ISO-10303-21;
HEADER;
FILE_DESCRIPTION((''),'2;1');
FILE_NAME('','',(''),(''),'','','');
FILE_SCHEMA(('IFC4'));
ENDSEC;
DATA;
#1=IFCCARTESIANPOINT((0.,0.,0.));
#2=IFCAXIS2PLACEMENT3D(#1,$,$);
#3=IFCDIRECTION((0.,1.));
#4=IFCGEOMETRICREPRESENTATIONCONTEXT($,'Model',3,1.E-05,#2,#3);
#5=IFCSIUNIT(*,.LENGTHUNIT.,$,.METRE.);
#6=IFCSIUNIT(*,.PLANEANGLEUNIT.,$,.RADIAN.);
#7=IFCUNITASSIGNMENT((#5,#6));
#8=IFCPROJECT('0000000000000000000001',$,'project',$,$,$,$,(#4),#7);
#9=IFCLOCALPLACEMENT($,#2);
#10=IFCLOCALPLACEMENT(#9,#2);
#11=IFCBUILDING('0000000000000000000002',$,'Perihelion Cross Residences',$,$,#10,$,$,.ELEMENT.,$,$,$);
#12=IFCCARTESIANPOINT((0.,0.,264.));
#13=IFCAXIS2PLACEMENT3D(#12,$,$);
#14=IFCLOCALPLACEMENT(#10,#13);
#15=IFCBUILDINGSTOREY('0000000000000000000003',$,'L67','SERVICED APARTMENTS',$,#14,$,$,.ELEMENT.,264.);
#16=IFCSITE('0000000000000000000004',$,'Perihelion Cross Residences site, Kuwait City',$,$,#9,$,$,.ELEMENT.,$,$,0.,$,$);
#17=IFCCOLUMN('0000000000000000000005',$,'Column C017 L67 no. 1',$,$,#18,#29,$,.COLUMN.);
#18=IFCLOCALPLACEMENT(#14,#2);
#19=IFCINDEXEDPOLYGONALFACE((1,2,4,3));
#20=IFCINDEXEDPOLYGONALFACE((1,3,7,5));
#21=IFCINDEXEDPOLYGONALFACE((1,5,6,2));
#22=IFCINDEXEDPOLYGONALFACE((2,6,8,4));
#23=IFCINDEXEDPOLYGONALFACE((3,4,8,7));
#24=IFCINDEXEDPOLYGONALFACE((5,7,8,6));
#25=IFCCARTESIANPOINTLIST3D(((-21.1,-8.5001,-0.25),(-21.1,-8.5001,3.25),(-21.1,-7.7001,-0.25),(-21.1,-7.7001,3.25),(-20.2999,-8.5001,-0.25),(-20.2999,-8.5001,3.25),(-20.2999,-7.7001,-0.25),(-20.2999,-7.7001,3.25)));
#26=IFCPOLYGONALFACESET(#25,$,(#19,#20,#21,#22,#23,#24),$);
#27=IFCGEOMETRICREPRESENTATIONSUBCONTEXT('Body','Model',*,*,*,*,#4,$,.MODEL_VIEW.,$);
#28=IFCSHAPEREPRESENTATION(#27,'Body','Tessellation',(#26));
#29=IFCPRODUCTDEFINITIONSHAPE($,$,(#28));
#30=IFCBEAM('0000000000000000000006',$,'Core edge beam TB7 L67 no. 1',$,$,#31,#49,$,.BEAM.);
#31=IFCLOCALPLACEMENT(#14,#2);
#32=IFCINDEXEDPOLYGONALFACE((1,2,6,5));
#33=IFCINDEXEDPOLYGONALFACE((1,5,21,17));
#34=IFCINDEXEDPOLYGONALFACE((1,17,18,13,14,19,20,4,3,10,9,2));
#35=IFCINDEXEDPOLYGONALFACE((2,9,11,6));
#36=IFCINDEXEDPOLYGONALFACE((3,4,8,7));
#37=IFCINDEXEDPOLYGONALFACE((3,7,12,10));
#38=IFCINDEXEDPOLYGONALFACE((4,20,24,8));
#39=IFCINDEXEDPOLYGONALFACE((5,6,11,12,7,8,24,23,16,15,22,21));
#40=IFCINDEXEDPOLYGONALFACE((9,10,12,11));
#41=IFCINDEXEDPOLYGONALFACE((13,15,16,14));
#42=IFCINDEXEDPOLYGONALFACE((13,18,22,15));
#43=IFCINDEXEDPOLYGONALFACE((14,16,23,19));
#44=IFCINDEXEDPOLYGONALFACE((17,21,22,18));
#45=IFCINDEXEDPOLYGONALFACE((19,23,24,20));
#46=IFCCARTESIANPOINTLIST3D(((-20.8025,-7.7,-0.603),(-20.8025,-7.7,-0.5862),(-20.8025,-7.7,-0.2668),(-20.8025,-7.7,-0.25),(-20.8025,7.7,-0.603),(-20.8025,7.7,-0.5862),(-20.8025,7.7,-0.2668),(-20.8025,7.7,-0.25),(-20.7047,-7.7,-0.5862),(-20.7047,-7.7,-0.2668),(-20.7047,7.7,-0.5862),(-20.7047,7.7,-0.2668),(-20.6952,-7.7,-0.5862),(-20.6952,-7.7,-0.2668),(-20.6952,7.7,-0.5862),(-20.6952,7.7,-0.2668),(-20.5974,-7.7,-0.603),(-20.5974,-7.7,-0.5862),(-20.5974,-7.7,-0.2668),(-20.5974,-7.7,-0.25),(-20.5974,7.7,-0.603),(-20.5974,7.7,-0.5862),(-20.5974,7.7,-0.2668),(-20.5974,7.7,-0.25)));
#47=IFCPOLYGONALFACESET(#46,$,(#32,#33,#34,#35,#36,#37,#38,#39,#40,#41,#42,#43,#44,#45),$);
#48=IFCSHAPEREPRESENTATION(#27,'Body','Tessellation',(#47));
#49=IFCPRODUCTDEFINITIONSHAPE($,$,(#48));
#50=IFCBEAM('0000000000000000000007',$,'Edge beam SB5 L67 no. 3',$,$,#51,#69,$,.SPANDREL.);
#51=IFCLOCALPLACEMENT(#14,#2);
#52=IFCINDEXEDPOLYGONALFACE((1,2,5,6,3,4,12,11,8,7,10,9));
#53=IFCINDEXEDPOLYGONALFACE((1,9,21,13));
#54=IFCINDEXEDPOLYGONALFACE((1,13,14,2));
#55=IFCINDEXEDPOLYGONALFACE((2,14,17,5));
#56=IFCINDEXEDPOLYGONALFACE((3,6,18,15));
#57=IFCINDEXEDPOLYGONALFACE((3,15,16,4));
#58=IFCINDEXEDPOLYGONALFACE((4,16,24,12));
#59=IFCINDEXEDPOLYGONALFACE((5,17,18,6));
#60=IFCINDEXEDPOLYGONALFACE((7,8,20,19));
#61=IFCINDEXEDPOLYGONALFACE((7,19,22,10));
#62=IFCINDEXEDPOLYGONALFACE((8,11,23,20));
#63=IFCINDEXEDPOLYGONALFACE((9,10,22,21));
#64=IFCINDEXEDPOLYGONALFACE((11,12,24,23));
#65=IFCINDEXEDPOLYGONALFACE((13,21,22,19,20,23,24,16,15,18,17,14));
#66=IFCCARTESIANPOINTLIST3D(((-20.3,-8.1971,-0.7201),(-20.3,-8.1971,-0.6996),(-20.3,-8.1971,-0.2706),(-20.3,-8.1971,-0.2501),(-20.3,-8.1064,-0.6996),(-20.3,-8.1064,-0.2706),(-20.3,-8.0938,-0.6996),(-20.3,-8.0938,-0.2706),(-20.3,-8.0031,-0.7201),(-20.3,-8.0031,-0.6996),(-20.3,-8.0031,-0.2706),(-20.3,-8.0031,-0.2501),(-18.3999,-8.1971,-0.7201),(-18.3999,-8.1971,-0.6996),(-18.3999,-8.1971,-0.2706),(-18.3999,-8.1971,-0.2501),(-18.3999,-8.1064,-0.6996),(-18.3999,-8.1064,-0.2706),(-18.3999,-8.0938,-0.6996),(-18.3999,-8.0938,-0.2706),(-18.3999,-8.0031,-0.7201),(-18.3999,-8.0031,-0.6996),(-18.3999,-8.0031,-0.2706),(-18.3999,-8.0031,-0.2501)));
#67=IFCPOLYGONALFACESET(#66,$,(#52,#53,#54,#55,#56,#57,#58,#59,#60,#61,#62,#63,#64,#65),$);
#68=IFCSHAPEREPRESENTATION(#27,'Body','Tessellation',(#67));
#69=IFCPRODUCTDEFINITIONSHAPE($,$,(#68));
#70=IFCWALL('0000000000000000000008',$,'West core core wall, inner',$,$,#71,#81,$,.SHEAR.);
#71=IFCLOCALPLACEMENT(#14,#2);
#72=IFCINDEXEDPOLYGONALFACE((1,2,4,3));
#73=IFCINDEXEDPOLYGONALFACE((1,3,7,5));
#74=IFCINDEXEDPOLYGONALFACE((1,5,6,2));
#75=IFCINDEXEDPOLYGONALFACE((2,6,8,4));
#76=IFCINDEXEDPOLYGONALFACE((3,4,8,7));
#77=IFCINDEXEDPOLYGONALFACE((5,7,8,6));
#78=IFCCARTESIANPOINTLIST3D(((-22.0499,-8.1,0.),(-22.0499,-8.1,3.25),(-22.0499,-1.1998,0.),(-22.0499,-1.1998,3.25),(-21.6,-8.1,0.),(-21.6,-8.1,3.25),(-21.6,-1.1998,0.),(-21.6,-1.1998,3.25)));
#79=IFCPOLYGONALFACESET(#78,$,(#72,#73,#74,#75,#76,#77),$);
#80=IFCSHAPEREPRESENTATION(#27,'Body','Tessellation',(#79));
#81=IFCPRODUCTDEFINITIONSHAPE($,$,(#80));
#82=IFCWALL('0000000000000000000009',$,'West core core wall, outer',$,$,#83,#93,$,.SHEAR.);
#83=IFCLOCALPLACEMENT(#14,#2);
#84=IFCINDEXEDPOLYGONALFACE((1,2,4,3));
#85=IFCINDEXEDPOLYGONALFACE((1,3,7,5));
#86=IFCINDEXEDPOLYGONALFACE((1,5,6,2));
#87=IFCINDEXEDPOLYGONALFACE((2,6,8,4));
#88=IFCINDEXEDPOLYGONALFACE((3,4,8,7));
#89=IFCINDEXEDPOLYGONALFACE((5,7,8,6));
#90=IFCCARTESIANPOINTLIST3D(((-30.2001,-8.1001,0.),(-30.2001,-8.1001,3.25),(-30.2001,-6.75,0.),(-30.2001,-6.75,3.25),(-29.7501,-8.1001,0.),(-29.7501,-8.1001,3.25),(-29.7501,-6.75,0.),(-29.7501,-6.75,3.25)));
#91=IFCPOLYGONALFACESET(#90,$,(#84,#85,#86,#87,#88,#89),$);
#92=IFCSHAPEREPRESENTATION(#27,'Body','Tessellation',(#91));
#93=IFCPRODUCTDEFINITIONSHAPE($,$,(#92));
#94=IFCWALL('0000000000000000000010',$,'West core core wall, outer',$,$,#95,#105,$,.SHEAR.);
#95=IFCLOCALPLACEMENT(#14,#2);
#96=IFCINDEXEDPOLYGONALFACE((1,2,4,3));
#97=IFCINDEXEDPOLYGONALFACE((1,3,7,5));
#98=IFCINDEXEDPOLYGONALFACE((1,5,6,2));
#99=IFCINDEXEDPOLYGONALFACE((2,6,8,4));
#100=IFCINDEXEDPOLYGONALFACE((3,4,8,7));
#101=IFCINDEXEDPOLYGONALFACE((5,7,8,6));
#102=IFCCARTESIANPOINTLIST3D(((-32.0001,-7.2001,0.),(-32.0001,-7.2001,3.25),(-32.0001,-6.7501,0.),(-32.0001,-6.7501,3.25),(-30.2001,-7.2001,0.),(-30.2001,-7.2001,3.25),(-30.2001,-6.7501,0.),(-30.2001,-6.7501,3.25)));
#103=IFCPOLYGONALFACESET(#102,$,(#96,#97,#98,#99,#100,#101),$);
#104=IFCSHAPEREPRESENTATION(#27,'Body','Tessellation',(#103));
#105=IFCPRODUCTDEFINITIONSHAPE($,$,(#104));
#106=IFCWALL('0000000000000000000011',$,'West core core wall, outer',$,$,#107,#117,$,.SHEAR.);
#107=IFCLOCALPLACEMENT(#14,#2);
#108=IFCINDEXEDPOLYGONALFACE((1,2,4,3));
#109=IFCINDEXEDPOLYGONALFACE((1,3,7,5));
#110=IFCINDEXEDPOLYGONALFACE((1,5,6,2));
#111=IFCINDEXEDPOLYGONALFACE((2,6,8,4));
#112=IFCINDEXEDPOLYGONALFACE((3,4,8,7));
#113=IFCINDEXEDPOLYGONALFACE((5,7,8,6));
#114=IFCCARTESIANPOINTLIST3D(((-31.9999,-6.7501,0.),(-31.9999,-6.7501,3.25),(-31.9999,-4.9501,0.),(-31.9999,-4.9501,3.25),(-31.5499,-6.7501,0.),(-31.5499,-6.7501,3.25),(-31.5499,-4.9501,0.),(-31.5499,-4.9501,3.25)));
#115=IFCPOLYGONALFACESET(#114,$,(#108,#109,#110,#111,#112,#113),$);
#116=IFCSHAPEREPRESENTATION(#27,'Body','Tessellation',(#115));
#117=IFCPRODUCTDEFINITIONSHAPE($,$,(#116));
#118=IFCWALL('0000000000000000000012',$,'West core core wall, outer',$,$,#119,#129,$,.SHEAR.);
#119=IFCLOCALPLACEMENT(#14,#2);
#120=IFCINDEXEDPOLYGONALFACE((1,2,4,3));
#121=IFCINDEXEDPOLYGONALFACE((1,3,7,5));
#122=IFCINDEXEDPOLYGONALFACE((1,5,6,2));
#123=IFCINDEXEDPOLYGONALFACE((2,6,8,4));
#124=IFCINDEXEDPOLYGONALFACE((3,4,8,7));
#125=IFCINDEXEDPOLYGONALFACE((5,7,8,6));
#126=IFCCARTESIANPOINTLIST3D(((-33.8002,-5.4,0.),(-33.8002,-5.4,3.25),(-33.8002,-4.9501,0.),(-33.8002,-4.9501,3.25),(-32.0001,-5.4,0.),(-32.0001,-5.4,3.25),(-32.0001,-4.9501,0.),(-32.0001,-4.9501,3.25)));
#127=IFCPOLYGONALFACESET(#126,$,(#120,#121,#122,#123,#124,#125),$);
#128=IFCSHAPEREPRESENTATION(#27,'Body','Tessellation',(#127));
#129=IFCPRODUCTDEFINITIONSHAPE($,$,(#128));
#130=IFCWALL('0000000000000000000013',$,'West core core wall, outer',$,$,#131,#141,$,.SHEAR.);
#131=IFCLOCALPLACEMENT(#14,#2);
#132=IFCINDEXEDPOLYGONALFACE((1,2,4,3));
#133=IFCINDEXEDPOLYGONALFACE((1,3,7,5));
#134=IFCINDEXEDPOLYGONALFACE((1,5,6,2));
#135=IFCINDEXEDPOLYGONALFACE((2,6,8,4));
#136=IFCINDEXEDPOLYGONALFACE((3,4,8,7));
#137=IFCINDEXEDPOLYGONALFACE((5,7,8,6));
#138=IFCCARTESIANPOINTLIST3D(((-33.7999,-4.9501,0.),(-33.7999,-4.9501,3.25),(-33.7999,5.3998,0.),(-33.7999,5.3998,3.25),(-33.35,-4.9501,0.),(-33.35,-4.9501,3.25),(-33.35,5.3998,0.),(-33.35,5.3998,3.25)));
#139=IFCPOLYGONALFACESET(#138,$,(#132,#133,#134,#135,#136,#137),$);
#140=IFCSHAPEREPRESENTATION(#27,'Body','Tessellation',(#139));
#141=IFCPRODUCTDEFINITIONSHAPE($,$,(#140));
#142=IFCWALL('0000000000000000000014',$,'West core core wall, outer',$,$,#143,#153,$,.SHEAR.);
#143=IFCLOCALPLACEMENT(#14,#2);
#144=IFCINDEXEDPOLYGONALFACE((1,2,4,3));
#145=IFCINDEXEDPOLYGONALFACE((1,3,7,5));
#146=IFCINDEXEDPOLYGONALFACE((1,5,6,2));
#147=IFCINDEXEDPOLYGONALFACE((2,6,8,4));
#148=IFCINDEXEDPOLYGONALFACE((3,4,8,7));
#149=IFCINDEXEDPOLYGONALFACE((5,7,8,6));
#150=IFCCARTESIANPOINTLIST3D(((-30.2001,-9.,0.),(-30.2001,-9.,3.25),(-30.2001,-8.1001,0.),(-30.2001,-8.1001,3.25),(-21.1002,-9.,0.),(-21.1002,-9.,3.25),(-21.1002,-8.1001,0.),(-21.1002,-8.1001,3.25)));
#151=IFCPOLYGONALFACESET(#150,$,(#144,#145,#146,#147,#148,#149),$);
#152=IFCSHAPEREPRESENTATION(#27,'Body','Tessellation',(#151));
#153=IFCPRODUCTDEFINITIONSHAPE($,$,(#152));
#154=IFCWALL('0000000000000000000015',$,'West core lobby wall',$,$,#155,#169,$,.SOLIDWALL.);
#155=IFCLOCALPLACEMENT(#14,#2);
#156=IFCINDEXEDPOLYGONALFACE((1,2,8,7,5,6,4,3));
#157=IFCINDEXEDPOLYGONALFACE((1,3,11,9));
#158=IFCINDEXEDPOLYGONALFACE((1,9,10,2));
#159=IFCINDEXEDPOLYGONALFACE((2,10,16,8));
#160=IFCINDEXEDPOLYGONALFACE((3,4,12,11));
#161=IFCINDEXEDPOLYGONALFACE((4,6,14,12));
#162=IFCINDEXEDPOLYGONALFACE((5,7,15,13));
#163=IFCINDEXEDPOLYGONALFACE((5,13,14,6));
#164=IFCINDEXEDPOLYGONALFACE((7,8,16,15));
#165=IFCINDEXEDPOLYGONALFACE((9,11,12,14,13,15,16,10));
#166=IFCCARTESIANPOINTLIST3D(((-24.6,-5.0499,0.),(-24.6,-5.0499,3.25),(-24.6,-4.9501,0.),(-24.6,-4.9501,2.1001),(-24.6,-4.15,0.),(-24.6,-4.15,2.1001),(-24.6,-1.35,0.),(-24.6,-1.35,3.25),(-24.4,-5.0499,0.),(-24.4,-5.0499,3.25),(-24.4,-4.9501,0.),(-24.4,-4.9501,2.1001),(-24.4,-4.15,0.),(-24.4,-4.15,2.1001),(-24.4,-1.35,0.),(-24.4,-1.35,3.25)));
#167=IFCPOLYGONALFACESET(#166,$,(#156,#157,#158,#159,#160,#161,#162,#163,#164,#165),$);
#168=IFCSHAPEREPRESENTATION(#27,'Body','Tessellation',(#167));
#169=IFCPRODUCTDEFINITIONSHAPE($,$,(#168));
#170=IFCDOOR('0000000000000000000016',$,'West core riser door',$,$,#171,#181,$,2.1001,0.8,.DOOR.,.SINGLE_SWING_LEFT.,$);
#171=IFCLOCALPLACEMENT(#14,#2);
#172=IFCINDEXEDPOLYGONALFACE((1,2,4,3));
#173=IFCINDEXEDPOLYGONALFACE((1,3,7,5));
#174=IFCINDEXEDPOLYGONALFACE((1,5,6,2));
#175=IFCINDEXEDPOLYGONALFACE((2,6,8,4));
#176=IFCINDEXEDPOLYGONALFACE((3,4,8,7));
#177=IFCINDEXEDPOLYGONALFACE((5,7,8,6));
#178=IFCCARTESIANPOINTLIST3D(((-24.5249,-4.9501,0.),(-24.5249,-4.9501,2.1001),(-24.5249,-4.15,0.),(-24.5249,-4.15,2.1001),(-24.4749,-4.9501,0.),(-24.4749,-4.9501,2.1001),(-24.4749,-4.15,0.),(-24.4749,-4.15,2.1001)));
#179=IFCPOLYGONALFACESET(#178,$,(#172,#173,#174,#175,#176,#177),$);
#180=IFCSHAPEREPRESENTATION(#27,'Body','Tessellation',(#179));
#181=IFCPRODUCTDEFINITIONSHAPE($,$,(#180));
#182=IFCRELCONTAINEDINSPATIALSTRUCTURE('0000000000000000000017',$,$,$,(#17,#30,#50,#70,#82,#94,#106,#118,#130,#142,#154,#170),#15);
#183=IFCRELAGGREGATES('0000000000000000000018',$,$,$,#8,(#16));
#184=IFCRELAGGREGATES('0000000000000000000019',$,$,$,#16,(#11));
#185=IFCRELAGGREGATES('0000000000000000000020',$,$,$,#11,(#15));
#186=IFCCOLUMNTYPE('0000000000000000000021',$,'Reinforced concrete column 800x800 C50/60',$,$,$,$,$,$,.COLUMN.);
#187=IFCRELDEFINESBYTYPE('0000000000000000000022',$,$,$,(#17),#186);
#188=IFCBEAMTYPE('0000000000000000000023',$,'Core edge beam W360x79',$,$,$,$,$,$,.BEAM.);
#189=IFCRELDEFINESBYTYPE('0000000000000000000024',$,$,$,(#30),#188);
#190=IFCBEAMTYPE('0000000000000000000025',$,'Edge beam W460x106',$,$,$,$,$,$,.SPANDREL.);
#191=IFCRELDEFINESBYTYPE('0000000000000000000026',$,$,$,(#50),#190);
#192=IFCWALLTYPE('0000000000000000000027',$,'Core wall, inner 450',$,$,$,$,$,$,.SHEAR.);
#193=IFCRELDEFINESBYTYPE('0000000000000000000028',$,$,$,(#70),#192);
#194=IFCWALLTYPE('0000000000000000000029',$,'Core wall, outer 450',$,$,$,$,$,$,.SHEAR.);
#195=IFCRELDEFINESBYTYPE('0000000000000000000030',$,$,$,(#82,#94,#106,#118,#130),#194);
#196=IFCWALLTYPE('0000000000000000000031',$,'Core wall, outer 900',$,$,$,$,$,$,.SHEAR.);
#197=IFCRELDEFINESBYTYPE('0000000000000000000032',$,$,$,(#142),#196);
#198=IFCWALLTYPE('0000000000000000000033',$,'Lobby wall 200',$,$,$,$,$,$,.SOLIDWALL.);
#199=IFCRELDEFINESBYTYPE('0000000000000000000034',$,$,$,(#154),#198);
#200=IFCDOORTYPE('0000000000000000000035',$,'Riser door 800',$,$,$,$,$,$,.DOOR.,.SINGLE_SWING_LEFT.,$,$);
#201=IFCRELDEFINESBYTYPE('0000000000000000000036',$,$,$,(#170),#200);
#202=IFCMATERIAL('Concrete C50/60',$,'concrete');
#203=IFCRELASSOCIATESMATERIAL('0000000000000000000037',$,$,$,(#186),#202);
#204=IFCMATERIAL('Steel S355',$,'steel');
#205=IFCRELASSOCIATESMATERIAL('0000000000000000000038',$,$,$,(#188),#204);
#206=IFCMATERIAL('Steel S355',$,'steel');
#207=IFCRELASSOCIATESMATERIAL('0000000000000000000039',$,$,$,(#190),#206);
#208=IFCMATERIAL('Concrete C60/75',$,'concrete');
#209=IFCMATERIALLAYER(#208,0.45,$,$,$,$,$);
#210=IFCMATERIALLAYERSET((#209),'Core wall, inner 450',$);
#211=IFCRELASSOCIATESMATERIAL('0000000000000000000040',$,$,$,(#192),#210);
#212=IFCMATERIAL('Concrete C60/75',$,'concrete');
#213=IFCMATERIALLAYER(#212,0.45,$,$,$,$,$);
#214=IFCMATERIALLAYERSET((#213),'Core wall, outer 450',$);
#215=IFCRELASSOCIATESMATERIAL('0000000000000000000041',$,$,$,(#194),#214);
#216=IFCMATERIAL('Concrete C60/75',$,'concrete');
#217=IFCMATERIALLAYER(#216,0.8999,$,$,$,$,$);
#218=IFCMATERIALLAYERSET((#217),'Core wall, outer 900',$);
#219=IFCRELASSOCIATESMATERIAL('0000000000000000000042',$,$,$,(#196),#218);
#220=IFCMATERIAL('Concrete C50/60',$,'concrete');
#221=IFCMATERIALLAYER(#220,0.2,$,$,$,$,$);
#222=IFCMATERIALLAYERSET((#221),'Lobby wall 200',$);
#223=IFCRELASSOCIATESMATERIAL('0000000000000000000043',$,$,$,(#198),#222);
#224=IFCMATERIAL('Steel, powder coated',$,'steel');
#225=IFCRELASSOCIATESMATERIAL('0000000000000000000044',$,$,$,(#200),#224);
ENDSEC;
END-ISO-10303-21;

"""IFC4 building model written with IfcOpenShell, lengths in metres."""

from ifc_helpers import new_model, si_unit, direction, frame, frame_2d, origin, origin_2d, place, context, subcontext, project, spatial, rectangle, i_section, extrude, material, layer, layer_set, material_profile, profile_set, type_object, element, fill, save


model = new_model("IFC4")

# Units and contexts
model_context = context("Model", 3, precision=1e-05, world=origin(), true_north=direction((0.0, 1.0)))
body_context = subcontext(model_context, "Body", "Model", "MODEL_VIEW")
ifc_project = project(units=[si_unit("LENGTHUNIT", "METRE"), si_unit("PLANEANGLEUNIT", "RADIAN")], contexts=[model_context])

# Site, building, storey
site_placement = place(None, origin())
site = spatial("IfcSite", under=ifc_project, at=site_placement, Name="Perihelion Cross Residences site, Kuwait City", CompositionType="ELEMENT", RefElevation=0.0)
building_placement = place(site_placement, origin())
building = spatial("IfcBuilding", under=site, at=building_placement, Name="Perihelion Cross Residences", CompositionType="ELEMENT")
storey_placement = place(building_placement, frame((0.0, 0.0, 264.0)))
storey = spatial("IfcBuildingStorey", under=building, at=storey_placement, Name="L67", Description="SERVICED APARTMENTS", CompositionType="ELEMENT", Elevation=264.0)

# Column
ifc_material_1 = material(Name="Concrete C50/60", Category="concrete")
ifc_material_profile_1 = material_profile(ifc_material_1, rectangle(XDim=0.8, YDim=0.8, at=origin_2d()), Name="RC 800x800")
ifc_profile_set_1 = profile_set([ifc_material_profile_1], Name="Concrete C50/60")
column_type = type_object("IfcColumnType", Name="Reinforced concrete column 800x800 C50/60", PredefinedType="COLUMN", material=ifc_profile_set_1)
column_placement = place(storey_placement, frame((-20.7, -8.1001, -0.25), z_axis=(0.0, 0.0, 1.0), x_axis=(1.0, 0.0, 0.0)))
element("IfcColumn", 1, at=column_placement, inside=storey, type_object=column_type, Name="Column C017 L67 no. 1", PredefinedType="COLUMN", context=body_context, shape_type="SweptSolid", body=[
    extrude(rectangle(XDim=0.8, YDim=0.8, at=origin_2d()), origin(), (0.0, 0.0, 1.0), 3.5),
])

# Beams
ifc_material_2 = material(Name="Steel S355", Category="steel")
ifc_material_profile_2 = material_profile(ifc_material_2, i_section(OverallWidth=0.2051, OverallDepth=0.353, WebThickness=0.0095, FlangeThickness=0.0168, at=origin_2d()), Name="W360x79")
ifc_profile_set_2 = profile_set([ifc_material_profile_2], Name="Steel S355")
beam_type_1 = type_object("IfcBeamType", Name="Core edge beam W360x79", PredefinedType="BEAM", material=ifc_profile_set_2)
beam_1_placement = place(storey_placement, frame((-20.7, -7.7, -0.4265), z_axis=(0.0, 1.0, 0.0), x_axis=(-1.0, 0.0, 0.0)))
element("IfcBeam", 2, at=beam_1_placement, inside=storey, type_object=beam_type_1, Name="Core edge beam TB7 L67 no. 1", PredefinedType="BEAM", context=body_context, shape_type="SweptSolid", body=[
    extrude(i_section(OverallWidth=0.2051, OverallDepth=0.353, WebThickness=0.0095, FlangeThickness=0.0168, at=origin_2d()), origin(), (0.0, 0.0, 1.0), 15.3999),
])
ifc_material_3 = material(Name="Steel S355", Category="steel")
ifc_material_profile_3 = material_profile(ifc_material_3, i_section(OverallWidth=0.1941, OverallDepth=0.47, WebThickness=0.0127, FlangeThickness=0.0205, at=origin_2d()), Name="W460x106")
ifc_profile_set_3 = profile_set([ifc_material_profile_3], Name="Steel S355")
beam_type_2 = type_object("IfcBeamType", Name="Edge beam W460x106", PredefinedType="SPANDREL", material=ifc_profile_set_3)
beam_2_placement = place(storey_placement, frame((-20.3, -8.1001, -0.4851), z_axis=(1.0, 0.0, 0.0), x_axis=(0.0, 1.0, 0.0)))
element("IfcBeam", 3, at=beam_2_placement, inside=storey, type_object=beam_type_2, Name="Edge beam SB5 L67 no. 3", PredefinedType="SPANDREL", context=body_context, shape_type="SweptSolid", body=[
    extrude(i_section(OverallWidth=0.1941, OverallDepth=0.47, WebThickness=0.0127, FlangeThickness=0.0205, at=origin_2d()), origin(), (0.0, 0.0, 1.0), 1.9001),
])

# Walls
ifc_material_4 = material(Name="Concrete C60/75", Category="concrete")
ifc_layer_1 = layer(ifc_material_4, 0.45)
ifc_layer_set_1 = layer_set([ifc_layer_1], Name="Core wall, inner 450")
wall_type_1 = type_object("IfcWallType", Name="Core wall, inner 450", PredefinedType="SHEAR", material=ifc_layer_set_1)
wall_1_placement = place(storey_placement, frame((-21.825, -8.1001, 0.0), z_axis=(0.0, 0.0, 1.0), x_axis=(0.0, 1.0, 0.0)))
element("IfcWall", 4, at=wall_1_placement, inside=storey, type_object=wall_type_1, Name="West core core wall, inner", PredefinedType="SHEAR", context=body_context, shape_type="SweptSolid", body=[
    extrude(rectangle(XDim=6.9001, YDim=0.45, at=frame_2d((3.4502, 0.0))), origin(), (0.0, 0.0, 1.0), 3.25),
])
ifc_material_5 = material(Name="Concrete C60/75", Category="concrete")
ifc_layer_2 = layer(ifc_material_5, 0.45)
ifc_layer_set_2 = layer_set([ifc_layer_2], Name="Core wall, outer 450")
wall_type_2 = type_object("IfcWallType", Name="Core wall, outer 450", PredefinedType="SHEAR", material=ifc_layer_set_2)
wall_2_placement = place(storey_placement, frame((-29.9751, -8.1001, 0.0), z_axis=(0.0, 0.0, 1.0), x_axis=(0.0, 1.0, 0.0)))
element("IfcWall", 5, at=wall_2_placement, inside=storey, type_object=wall_type_2, Name="West core core wall, outer", PredefinedType="SHEAR", context=body_context, shape_type="SweptSolid", body=[
    extrude(rectangle(XDim=1.3501, YDim=0.45, at=frame_2d((0.675, 0.0))), origin(), (0.0, 0.0, 1.0), 3.25),
])
for number, where, z_axis, x_axis, name in (
    (6, (-32.0, -6.9751, 0.0), (0.0, 0.0, 1.0), (1.0, 0.0, 0.0), "West core core wall, outer"),
    (7, (-31.7749, -6.75, 0.0), (0.0, 0.0, 1.0), (0.0, 1.0, 0.0), "West core core wall, outer"),
    (8, (-33.8, -5.175, 0.0), (0.0, 0.0, 1.0), (1.0, 0.0, 0.0), "West core core wall, outer"),
):
    element("IfcWall", number, at=place(storey_placement, frame(where, z_axis=z_axis, x_axis=x_axis)), inside=storey, type_object=wall_type_2, Name=name, PredefinedType="SHEAR", context=body_context, shape_type="SweptSolid", body=[
        extrude(rectangle(XDim=1.8, YDim=0.45, at=frame_2d((0.8999, 0.0))), origin(), (0.0, 0.0, 1.0), 3.25),
    ])
wall_3_placement = place(storey_placement, frame((-33.575, -4.95, 0.0), z_axis=(0.0, 0.0, 1.0), x_axis=(0.0, 1.0, 0.0)))
element("IfcWall", 9, at=wall_3_placement, inside=storey, type_object=wall_type_2, Name="West core core wall, outer", PredefinedType="SHEAR", context=body_context, shape_type="SweptSolid", body=[
    extrude(rectangle(XDim=10.3499, YDim=0.45, at=frame_2d((5.1748, 0.0))), origin(), (0.0, 0.0, 1.0), 3.25),
])
ifc_material_6 = material(Name="Concrete C60/75", Category="concrete")
ifc_layer_3 = layer(ifc_material_6, 0.8999)
ifc_layer_set_3 = layer_set([ifc_layer_3], Name="Core wall, outer 900")
wall_type_3 = type_object("IfcWallType", Name="Core wall, outer 900", PredefinedType="SHEAR", material=ifc_layer_set_3)
wall_4_placement = place(storey_placement, frame((-30.2, -8.55, 0.0), z_axis=(0.0, 0.0, 1.0), x_axis=(1.0, 0.0, 0.0)))
element("IfcWall", 10, at=wall_4_placement, inside=storey, type_object=wall_type_3, Name="West core core wall, outer", PredefinedType="SHEAR", context=body_context, shape_type="SweptSolid", body=[
    extrude(rectangle(XDim=9.0999, YDim=0.8999, at=frame_2d((4.5498, 0.0))), origin(), (0.0, 0.0, 1.0), 3.25),
])

# Wall, opening, door
ifc_material_7 = material(Name="Concrete C50/60", Category="concrete")
ifc_layer_4 = layer(ifc_material_7, 0.2)
ifc_layer_set_4 = layer_set([ifc_layer_4], Name="Lobby wall 200")
wall_type_4 = type_object("IfcWallType", Name="Lobby wall 200", PredefinedType="SOLIDWALL", material=ifc_layer_set_4)
wall_5_placement = place(storey_placement, frame((-24.5, -5.05, 0.0), z_axis=(0.0, 0.0, 1.0), x_axis=(0.0, 1.0, 0.0)))
wall_5 = element("IfcWall", 11, at=wall_5_placement, inside=storey, type_object=wall_type_4, Name="West core lobby wall", PredefinedType="SOLIDWALL", context=body_context, shape_type="SweptSolid", body=[
    extrude(rectangle(XDim=3.7, YDim=0.2, at=frame_2d((1.8501, 0.0))), origin(), (0.0, 0.0, 1.0), 3.25),
])
opening_1_placement = place(wall_5_placement, frame((0.1001, 0.0, 0.0)))
opening_1 = element("IfcOpeningElement", 12, at=opening_1_placement, cuts=wall_5, PredefinedType="OPENING", context=body_context, shape_type="SweptSolid", body=[
    extrude(rectangle(XDim=0.8, YDim=2.1001, at=frame_2d((0.3999, 1.05))), frame((0.0, 0.1099, 0.0), z_axis=(0.0, -1.0, 0.0), x_axis=(1.0, 0.0, 0.0)), (0.0, 0.0, 1.0), 0.22),
])
ifc_material_8 = material(Name="Steel, powder coated", Category="steel")
door_type_1 = type_object("IfcDoorType", Name="Riser door 800", OperationType="SINGLE_SWING_LEFT", PredefinedType="DOOR", material=ifc_material_8)
door_1_placement = place(opening_1_placement, origin())
door_1 = element("IfcDoor", 13, at=door_1_placement, inside=storey, type_object=door_type_1, Name="West core riser door", OperationType="SINGLE_SWING_LEFT", OverallHeight=2.1001, OverallWidth=0.8, PredefinedType="DOOR", context=body_context, shape_type="SweptSolid", body=[
    extrude(rectangle(XDim=0.8, YDim=2.1001, at=frame_2d((0.3999, 1.05))), frame((0.0, 0.0249, 0.0), z_axis=(0.0, -1.0, 0.0), x_axis=(1.0, 0.0, 0.0)), (0.0, 0.0, 1.0), 0.05),
])
fill(opening_1, door_1)

save(model, "model.ifc")
